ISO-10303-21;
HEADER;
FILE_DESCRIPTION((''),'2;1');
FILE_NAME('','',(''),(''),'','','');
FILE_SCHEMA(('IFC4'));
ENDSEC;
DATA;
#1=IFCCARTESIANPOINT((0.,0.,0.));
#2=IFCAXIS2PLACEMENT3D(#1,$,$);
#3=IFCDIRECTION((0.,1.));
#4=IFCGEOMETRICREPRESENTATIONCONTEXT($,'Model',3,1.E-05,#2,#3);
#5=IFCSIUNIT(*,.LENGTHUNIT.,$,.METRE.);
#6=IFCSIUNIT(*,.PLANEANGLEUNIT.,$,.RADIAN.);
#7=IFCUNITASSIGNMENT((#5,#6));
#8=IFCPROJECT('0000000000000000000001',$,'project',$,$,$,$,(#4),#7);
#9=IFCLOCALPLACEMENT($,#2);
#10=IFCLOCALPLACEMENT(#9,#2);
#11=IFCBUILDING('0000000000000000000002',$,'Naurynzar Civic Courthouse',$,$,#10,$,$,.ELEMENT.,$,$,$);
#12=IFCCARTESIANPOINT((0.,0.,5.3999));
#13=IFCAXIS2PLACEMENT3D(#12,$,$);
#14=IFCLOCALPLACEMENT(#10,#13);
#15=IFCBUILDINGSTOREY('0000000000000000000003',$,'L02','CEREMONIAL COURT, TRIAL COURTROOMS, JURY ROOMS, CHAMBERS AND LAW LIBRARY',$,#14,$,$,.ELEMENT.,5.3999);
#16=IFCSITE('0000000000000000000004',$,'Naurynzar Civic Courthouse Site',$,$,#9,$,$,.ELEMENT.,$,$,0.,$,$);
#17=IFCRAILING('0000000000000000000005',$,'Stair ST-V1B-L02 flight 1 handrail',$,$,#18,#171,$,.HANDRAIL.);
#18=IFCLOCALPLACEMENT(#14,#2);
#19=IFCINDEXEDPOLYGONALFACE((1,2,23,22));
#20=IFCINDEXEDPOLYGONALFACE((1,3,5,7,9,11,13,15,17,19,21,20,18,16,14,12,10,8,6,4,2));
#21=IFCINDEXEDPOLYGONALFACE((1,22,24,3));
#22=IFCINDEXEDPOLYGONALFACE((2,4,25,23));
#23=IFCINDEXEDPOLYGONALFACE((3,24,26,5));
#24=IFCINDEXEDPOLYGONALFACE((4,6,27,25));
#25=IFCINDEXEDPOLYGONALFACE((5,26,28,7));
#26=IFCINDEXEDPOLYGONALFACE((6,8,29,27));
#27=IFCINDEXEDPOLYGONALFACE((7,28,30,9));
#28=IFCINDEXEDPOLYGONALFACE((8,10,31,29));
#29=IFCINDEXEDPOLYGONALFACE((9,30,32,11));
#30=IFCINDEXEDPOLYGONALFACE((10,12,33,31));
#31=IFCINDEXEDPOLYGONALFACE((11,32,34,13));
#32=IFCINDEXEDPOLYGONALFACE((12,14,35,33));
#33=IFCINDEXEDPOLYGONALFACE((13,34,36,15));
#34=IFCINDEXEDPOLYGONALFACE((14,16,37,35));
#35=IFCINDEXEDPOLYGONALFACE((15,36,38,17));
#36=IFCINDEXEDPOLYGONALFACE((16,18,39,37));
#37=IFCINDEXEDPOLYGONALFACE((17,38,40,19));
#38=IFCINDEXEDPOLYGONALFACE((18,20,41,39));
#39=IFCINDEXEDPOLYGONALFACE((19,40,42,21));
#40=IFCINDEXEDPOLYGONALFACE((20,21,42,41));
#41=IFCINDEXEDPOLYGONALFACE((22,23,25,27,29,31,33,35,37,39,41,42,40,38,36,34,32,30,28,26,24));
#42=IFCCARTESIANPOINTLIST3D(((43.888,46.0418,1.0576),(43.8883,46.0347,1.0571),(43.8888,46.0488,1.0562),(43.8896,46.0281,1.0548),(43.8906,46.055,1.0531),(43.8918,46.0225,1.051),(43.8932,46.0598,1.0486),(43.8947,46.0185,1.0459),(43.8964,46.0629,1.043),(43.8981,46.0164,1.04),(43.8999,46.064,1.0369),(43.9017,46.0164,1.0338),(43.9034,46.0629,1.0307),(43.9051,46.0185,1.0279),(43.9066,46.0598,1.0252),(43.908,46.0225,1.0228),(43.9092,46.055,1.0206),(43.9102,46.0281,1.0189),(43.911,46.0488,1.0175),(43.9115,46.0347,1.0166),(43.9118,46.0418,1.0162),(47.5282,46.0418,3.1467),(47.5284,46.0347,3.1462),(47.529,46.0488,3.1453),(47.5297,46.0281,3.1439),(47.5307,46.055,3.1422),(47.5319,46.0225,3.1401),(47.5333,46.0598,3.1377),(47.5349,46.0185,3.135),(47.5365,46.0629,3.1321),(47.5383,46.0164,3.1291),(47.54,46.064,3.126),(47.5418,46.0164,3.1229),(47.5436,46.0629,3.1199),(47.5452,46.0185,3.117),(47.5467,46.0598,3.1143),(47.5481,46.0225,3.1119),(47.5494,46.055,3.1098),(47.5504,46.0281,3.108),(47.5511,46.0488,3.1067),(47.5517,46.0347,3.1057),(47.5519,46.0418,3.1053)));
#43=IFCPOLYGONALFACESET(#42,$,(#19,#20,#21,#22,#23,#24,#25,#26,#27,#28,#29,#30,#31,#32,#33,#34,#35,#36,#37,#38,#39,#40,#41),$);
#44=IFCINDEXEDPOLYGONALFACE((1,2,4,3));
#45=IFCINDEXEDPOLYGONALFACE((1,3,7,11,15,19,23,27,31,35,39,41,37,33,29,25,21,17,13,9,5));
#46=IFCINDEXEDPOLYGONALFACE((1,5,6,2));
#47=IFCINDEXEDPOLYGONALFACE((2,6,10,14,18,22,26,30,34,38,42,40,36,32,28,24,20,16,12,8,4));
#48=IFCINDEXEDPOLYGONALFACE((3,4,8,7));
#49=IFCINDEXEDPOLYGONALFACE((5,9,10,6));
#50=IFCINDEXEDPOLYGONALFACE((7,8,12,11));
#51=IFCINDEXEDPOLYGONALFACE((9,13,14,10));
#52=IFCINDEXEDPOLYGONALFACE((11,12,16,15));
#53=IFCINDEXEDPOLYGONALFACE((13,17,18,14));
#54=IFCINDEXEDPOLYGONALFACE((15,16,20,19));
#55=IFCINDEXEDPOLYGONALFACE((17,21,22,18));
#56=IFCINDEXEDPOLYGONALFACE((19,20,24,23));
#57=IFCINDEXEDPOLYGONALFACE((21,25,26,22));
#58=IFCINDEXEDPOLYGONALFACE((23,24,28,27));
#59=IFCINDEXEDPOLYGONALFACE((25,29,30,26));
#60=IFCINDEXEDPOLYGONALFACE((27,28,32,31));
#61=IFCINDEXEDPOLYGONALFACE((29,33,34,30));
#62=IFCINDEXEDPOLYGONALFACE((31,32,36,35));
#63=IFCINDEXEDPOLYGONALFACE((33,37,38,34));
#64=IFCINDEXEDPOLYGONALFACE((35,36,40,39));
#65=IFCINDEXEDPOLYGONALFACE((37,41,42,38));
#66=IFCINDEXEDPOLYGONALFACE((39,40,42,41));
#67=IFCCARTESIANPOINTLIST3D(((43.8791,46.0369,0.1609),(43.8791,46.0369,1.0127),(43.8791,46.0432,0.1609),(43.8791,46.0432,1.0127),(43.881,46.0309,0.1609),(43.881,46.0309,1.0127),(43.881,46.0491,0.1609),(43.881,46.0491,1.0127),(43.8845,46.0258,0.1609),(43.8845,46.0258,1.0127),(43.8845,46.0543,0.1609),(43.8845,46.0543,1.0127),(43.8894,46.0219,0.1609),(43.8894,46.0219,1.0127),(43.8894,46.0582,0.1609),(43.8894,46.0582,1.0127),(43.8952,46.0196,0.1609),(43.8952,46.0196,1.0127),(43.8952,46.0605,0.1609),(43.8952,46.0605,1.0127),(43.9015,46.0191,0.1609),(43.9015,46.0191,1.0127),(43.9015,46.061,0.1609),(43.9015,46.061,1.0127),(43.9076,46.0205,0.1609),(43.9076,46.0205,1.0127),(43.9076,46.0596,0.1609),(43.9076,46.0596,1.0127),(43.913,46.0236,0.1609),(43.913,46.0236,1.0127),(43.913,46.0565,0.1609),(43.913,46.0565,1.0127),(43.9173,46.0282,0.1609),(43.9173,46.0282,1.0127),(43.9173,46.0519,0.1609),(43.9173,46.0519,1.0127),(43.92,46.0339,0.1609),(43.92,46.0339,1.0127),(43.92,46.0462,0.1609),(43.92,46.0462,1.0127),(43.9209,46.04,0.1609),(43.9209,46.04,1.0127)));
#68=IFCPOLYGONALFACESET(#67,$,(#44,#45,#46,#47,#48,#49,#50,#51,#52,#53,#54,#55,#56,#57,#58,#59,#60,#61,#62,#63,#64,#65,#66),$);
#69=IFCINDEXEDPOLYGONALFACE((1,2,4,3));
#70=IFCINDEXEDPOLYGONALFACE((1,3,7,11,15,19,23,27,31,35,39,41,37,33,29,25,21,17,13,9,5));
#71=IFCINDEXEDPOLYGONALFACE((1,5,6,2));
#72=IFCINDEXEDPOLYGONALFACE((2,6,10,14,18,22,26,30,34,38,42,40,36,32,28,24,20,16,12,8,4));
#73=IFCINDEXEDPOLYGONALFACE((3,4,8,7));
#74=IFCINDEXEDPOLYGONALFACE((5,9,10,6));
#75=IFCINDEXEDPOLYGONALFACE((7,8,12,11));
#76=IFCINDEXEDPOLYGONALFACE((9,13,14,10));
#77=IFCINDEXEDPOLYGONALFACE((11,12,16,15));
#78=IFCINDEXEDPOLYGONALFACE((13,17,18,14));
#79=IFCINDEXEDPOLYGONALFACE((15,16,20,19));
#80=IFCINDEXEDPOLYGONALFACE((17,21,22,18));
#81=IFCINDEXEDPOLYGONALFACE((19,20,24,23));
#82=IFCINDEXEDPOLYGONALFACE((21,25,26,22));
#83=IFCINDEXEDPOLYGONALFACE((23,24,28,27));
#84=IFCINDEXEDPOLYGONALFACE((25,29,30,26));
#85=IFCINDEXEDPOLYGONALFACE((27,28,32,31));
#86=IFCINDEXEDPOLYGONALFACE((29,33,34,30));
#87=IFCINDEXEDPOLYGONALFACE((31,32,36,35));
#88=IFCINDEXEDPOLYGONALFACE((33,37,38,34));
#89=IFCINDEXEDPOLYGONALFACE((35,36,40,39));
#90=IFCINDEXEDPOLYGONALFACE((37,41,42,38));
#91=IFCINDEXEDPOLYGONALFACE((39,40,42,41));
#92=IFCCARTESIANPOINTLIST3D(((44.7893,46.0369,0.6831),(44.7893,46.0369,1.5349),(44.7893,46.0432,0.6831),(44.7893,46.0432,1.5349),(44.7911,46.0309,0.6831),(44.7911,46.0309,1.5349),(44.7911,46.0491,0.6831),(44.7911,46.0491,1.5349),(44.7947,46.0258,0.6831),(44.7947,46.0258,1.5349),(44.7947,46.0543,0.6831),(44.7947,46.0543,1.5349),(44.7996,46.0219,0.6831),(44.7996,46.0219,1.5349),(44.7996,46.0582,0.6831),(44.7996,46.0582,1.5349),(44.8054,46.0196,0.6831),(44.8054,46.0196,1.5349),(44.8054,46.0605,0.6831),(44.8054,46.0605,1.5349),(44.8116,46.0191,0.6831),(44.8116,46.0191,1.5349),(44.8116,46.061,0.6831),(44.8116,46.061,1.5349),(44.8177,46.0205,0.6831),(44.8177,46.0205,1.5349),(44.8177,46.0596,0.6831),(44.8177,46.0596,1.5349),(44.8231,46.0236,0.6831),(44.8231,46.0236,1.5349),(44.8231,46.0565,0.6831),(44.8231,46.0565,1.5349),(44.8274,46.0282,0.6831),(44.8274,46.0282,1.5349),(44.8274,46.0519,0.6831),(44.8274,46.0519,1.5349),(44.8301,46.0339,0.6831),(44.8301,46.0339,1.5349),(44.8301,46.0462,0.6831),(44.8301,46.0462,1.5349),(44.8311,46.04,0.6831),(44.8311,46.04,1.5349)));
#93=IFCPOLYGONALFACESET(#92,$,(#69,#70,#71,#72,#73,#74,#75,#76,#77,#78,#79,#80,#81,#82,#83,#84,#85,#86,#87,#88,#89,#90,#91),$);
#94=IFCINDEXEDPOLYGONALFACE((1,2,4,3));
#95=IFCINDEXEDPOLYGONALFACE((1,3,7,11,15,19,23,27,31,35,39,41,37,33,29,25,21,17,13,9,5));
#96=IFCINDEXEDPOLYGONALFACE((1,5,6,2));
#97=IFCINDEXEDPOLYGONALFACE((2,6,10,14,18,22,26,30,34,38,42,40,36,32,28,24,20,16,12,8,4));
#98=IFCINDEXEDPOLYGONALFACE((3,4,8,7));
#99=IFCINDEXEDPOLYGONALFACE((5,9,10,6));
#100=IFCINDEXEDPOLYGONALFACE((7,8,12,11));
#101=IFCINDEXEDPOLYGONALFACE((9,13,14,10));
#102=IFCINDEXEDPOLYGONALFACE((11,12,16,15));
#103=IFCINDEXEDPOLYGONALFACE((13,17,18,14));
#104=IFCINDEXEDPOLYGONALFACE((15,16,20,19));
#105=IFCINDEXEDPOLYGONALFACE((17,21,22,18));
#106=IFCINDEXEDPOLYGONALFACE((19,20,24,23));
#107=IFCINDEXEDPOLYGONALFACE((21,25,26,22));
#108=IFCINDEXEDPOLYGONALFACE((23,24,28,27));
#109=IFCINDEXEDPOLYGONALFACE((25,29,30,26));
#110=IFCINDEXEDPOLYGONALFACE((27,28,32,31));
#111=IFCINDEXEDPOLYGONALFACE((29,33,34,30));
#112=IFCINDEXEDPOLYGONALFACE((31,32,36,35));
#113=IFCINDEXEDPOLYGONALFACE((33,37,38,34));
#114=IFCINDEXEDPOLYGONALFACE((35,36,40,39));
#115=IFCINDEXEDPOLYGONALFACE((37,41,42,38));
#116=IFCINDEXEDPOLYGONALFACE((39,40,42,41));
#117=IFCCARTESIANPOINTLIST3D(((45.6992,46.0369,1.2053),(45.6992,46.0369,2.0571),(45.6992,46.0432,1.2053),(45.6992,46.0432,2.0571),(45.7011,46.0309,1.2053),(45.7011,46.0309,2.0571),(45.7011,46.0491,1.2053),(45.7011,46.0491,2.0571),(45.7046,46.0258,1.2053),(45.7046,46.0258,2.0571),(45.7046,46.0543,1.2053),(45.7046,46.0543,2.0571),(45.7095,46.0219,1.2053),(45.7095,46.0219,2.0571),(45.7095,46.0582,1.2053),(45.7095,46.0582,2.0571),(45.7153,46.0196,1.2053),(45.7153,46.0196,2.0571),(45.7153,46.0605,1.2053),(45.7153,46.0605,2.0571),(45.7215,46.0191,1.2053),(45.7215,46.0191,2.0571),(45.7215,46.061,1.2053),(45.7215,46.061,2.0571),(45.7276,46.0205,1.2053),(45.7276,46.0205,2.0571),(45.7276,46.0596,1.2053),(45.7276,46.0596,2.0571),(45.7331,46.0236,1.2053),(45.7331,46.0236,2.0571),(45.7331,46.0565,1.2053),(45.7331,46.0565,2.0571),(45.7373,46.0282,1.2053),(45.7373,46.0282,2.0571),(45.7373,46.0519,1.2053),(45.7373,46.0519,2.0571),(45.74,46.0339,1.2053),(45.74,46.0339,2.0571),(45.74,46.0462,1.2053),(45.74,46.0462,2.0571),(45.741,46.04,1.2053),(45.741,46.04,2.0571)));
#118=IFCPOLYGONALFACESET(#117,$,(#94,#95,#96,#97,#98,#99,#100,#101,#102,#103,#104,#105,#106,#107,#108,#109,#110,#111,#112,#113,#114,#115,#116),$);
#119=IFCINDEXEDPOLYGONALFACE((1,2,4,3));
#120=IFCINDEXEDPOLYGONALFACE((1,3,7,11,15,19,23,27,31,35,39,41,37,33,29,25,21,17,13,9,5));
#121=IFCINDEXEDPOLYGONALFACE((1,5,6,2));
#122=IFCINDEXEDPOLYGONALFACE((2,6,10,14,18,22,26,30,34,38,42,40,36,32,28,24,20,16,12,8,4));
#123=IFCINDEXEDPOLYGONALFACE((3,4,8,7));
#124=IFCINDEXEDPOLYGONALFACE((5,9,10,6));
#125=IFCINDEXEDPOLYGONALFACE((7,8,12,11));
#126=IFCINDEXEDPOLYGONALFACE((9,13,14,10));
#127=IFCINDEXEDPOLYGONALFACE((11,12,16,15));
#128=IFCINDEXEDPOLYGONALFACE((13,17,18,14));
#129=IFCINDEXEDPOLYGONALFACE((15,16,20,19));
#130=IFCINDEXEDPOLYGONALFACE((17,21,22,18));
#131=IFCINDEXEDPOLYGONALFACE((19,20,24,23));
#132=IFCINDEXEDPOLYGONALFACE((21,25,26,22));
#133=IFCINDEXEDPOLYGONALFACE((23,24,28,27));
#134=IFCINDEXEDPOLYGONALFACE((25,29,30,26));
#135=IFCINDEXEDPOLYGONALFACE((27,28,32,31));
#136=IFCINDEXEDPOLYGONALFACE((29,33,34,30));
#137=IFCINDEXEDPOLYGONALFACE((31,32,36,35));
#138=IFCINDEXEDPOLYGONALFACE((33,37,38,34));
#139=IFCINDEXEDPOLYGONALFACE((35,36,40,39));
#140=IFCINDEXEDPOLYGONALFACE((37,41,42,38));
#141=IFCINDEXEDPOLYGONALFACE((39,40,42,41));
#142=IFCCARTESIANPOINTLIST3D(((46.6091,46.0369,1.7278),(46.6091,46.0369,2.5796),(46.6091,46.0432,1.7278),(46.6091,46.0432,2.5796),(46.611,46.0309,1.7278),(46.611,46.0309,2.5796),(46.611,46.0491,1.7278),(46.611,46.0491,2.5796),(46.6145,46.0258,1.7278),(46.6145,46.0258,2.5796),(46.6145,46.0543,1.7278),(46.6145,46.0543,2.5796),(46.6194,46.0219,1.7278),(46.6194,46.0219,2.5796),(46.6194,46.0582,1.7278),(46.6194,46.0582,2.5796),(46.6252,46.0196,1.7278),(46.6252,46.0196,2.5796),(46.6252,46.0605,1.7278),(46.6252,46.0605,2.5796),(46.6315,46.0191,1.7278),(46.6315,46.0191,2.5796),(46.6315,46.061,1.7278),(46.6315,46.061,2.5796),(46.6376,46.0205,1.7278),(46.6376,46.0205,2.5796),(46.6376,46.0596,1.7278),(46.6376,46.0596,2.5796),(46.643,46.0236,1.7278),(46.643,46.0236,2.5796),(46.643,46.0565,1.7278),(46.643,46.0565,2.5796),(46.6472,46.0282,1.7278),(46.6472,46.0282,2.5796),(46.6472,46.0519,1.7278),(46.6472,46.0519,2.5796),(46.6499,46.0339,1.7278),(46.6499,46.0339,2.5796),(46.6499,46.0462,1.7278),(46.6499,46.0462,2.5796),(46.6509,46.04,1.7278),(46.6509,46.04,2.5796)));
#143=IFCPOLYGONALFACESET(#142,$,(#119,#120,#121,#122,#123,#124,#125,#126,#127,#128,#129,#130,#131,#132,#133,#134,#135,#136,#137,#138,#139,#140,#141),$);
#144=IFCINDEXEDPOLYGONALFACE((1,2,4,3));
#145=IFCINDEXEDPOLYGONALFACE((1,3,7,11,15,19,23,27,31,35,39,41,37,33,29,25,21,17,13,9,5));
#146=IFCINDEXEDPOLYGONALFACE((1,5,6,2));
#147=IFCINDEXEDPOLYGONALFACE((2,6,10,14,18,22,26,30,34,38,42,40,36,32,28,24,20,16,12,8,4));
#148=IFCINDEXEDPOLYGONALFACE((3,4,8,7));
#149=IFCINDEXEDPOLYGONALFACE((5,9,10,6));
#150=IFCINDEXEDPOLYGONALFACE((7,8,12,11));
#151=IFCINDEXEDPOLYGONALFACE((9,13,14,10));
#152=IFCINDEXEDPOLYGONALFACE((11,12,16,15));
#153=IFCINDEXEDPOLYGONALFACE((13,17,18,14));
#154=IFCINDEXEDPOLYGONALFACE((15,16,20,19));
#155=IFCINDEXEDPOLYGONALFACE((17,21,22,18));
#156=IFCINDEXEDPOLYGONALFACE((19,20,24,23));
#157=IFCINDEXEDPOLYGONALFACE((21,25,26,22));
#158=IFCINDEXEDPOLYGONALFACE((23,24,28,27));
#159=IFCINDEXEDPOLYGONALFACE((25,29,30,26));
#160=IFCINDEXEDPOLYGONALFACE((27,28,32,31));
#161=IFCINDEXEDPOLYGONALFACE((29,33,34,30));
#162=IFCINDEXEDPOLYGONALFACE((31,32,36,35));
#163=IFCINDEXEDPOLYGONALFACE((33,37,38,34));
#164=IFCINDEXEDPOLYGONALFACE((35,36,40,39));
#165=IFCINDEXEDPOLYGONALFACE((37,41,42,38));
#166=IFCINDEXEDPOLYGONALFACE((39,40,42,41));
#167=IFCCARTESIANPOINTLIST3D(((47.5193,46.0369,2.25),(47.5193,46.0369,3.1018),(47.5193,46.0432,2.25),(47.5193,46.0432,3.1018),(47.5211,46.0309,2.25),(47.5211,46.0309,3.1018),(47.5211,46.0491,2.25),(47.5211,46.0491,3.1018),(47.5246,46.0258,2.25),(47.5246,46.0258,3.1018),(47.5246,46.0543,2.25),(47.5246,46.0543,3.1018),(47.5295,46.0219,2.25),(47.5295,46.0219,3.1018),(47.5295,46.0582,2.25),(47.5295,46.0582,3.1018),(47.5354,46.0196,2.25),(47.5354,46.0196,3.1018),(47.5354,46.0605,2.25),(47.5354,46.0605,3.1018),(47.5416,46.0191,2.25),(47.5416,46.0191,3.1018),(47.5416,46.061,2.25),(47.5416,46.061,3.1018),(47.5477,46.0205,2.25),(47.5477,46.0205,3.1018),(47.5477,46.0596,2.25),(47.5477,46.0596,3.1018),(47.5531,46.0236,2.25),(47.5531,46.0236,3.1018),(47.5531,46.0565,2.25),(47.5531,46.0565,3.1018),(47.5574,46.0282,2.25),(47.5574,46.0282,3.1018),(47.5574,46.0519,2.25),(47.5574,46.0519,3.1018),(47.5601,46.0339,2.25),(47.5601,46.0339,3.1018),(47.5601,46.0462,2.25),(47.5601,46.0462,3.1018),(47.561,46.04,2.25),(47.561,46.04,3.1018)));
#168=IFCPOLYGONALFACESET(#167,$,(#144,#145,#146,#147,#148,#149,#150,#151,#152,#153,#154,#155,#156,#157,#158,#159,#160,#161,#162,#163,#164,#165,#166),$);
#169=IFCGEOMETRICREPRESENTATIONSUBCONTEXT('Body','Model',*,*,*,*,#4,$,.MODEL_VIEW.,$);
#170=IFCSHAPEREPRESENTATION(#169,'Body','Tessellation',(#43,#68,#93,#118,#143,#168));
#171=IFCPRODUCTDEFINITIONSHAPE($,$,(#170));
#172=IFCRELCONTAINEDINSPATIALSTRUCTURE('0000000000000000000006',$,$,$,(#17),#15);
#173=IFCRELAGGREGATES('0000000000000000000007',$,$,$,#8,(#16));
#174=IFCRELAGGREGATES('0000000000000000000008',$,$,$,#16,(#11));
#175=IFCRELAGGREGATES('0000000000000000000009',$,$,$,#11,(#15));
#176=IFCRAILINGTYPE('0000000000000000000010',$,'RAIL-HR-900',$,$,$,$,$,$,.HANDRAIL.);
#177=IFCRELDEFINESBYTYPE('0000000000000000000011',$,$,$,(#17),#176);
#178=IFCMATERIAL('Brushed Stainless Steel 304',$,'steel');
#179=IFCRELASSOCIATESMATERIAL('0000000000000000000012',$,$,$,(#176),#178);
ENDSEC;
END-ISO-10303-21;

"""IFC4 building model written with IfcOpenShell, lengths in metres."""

from ifc_helpers import new_model, si_unit, direction, frame, origin, origin_2d, place, context, subcontext, project, spatial, circle, extrude, material, type_object, element, save


model = new_model("IFC4")

# Units and contexts
model_context = context("Model", 3, precision=1e-05, world=origin(), true_north=direction((0.0, 1.0)))
body_context = subcontext(model_context, "Body", "Model", "MODEL_VIEW")
ifc_project = project(units=[si_unit("LENGTHUNIT", "METRE"), si_unit("PLANEANGLEUNIT", "RADIAN")], contexts=[model_context])

# Site, building, storey
site_placement = place(None, origin())
site = spatial("IfcSite", under=ifc_project, at=site_placement, Name="Naurynzar Civic Courthouse Site", CompositionType="ELEMENT", RefElevation=0.0)
building_placement = place(site_placement, origin())
building = spatial("IfcBuilding", under=site, at=building_placement, Name="Naurynzar Civic Courthouse", CompositionType="ELEMENT")
storey_placement = place(building_placement, frame((0.0, 0.0, 5.3999)))
storey = spatial("IfcBuildingStorey", under=building, at=storey_placement, Name="L02", Description="CEREMONIAL COURT, TRIAL COURTROOMS, JURY ROOMS, CHAMBERS AND LAW LIBRARY", CompositionType="ELEMENT", Elevation=5.3999)

# Railing
ifc_material_1 = material(Name="Brushed Stainless Steel 304", Category="steel")
railing_type_1 = type_object("IfcRailingType", Name="RAIL-HR-900", PredefinedType="HANDRAIL", material=ifc_material_1)
railing_1_placement = place(storey_placement, frame((43.8999, 46.04, 0.1609)))
element("IfcRailing", 1, at=railing_1_placement, inside=storey, type_object=railing_type_1, Name="Stair ST-V1B-L02 flight 1 handrail", PredefinedType="HANDRAIL", context=body_context, shape_type="SweptSolid", body=[
    extrude(circle(Radius=0.0239, at=origin_2d()), frame((0.0, 0.0, 0.876), z_axis=(0.867314, 0.0, 0.497761), x_axis=(0.0, 1.0, 0.0)), (0.0, 0.0, 1.0), 4.197),
    extrude(circle(Radius=0.021, at=origin_2d()), origin(), (0.0, 0.0, 1.0), 0.8518),
    extrude(circle(Radius=0.021, at=origin_2d()), frame((0.9102, 0.0, 0.5222)), (0.0, 0.0, 1.0), 0.8518),
    extrude(circle(Radius=0.021, at=origin_2d()), frame((1.8201, 0.0, 1.0444)), (0.0, 0.0, 1.0), 0.8518),
    extrude(circle(Radius=0.021, at=origin_2d()), frame((2.73, 0.0, 1.5669)), (0.0, 0.0, 1.0), 0.8518),
    extrude(circle(Radius=0.021, at=origin_2d()), frame((3.6401, 0.0, 2.0891)), (0.0, 0.0, 1.0), 0.8518),
])

save(model, "model.ifc")
